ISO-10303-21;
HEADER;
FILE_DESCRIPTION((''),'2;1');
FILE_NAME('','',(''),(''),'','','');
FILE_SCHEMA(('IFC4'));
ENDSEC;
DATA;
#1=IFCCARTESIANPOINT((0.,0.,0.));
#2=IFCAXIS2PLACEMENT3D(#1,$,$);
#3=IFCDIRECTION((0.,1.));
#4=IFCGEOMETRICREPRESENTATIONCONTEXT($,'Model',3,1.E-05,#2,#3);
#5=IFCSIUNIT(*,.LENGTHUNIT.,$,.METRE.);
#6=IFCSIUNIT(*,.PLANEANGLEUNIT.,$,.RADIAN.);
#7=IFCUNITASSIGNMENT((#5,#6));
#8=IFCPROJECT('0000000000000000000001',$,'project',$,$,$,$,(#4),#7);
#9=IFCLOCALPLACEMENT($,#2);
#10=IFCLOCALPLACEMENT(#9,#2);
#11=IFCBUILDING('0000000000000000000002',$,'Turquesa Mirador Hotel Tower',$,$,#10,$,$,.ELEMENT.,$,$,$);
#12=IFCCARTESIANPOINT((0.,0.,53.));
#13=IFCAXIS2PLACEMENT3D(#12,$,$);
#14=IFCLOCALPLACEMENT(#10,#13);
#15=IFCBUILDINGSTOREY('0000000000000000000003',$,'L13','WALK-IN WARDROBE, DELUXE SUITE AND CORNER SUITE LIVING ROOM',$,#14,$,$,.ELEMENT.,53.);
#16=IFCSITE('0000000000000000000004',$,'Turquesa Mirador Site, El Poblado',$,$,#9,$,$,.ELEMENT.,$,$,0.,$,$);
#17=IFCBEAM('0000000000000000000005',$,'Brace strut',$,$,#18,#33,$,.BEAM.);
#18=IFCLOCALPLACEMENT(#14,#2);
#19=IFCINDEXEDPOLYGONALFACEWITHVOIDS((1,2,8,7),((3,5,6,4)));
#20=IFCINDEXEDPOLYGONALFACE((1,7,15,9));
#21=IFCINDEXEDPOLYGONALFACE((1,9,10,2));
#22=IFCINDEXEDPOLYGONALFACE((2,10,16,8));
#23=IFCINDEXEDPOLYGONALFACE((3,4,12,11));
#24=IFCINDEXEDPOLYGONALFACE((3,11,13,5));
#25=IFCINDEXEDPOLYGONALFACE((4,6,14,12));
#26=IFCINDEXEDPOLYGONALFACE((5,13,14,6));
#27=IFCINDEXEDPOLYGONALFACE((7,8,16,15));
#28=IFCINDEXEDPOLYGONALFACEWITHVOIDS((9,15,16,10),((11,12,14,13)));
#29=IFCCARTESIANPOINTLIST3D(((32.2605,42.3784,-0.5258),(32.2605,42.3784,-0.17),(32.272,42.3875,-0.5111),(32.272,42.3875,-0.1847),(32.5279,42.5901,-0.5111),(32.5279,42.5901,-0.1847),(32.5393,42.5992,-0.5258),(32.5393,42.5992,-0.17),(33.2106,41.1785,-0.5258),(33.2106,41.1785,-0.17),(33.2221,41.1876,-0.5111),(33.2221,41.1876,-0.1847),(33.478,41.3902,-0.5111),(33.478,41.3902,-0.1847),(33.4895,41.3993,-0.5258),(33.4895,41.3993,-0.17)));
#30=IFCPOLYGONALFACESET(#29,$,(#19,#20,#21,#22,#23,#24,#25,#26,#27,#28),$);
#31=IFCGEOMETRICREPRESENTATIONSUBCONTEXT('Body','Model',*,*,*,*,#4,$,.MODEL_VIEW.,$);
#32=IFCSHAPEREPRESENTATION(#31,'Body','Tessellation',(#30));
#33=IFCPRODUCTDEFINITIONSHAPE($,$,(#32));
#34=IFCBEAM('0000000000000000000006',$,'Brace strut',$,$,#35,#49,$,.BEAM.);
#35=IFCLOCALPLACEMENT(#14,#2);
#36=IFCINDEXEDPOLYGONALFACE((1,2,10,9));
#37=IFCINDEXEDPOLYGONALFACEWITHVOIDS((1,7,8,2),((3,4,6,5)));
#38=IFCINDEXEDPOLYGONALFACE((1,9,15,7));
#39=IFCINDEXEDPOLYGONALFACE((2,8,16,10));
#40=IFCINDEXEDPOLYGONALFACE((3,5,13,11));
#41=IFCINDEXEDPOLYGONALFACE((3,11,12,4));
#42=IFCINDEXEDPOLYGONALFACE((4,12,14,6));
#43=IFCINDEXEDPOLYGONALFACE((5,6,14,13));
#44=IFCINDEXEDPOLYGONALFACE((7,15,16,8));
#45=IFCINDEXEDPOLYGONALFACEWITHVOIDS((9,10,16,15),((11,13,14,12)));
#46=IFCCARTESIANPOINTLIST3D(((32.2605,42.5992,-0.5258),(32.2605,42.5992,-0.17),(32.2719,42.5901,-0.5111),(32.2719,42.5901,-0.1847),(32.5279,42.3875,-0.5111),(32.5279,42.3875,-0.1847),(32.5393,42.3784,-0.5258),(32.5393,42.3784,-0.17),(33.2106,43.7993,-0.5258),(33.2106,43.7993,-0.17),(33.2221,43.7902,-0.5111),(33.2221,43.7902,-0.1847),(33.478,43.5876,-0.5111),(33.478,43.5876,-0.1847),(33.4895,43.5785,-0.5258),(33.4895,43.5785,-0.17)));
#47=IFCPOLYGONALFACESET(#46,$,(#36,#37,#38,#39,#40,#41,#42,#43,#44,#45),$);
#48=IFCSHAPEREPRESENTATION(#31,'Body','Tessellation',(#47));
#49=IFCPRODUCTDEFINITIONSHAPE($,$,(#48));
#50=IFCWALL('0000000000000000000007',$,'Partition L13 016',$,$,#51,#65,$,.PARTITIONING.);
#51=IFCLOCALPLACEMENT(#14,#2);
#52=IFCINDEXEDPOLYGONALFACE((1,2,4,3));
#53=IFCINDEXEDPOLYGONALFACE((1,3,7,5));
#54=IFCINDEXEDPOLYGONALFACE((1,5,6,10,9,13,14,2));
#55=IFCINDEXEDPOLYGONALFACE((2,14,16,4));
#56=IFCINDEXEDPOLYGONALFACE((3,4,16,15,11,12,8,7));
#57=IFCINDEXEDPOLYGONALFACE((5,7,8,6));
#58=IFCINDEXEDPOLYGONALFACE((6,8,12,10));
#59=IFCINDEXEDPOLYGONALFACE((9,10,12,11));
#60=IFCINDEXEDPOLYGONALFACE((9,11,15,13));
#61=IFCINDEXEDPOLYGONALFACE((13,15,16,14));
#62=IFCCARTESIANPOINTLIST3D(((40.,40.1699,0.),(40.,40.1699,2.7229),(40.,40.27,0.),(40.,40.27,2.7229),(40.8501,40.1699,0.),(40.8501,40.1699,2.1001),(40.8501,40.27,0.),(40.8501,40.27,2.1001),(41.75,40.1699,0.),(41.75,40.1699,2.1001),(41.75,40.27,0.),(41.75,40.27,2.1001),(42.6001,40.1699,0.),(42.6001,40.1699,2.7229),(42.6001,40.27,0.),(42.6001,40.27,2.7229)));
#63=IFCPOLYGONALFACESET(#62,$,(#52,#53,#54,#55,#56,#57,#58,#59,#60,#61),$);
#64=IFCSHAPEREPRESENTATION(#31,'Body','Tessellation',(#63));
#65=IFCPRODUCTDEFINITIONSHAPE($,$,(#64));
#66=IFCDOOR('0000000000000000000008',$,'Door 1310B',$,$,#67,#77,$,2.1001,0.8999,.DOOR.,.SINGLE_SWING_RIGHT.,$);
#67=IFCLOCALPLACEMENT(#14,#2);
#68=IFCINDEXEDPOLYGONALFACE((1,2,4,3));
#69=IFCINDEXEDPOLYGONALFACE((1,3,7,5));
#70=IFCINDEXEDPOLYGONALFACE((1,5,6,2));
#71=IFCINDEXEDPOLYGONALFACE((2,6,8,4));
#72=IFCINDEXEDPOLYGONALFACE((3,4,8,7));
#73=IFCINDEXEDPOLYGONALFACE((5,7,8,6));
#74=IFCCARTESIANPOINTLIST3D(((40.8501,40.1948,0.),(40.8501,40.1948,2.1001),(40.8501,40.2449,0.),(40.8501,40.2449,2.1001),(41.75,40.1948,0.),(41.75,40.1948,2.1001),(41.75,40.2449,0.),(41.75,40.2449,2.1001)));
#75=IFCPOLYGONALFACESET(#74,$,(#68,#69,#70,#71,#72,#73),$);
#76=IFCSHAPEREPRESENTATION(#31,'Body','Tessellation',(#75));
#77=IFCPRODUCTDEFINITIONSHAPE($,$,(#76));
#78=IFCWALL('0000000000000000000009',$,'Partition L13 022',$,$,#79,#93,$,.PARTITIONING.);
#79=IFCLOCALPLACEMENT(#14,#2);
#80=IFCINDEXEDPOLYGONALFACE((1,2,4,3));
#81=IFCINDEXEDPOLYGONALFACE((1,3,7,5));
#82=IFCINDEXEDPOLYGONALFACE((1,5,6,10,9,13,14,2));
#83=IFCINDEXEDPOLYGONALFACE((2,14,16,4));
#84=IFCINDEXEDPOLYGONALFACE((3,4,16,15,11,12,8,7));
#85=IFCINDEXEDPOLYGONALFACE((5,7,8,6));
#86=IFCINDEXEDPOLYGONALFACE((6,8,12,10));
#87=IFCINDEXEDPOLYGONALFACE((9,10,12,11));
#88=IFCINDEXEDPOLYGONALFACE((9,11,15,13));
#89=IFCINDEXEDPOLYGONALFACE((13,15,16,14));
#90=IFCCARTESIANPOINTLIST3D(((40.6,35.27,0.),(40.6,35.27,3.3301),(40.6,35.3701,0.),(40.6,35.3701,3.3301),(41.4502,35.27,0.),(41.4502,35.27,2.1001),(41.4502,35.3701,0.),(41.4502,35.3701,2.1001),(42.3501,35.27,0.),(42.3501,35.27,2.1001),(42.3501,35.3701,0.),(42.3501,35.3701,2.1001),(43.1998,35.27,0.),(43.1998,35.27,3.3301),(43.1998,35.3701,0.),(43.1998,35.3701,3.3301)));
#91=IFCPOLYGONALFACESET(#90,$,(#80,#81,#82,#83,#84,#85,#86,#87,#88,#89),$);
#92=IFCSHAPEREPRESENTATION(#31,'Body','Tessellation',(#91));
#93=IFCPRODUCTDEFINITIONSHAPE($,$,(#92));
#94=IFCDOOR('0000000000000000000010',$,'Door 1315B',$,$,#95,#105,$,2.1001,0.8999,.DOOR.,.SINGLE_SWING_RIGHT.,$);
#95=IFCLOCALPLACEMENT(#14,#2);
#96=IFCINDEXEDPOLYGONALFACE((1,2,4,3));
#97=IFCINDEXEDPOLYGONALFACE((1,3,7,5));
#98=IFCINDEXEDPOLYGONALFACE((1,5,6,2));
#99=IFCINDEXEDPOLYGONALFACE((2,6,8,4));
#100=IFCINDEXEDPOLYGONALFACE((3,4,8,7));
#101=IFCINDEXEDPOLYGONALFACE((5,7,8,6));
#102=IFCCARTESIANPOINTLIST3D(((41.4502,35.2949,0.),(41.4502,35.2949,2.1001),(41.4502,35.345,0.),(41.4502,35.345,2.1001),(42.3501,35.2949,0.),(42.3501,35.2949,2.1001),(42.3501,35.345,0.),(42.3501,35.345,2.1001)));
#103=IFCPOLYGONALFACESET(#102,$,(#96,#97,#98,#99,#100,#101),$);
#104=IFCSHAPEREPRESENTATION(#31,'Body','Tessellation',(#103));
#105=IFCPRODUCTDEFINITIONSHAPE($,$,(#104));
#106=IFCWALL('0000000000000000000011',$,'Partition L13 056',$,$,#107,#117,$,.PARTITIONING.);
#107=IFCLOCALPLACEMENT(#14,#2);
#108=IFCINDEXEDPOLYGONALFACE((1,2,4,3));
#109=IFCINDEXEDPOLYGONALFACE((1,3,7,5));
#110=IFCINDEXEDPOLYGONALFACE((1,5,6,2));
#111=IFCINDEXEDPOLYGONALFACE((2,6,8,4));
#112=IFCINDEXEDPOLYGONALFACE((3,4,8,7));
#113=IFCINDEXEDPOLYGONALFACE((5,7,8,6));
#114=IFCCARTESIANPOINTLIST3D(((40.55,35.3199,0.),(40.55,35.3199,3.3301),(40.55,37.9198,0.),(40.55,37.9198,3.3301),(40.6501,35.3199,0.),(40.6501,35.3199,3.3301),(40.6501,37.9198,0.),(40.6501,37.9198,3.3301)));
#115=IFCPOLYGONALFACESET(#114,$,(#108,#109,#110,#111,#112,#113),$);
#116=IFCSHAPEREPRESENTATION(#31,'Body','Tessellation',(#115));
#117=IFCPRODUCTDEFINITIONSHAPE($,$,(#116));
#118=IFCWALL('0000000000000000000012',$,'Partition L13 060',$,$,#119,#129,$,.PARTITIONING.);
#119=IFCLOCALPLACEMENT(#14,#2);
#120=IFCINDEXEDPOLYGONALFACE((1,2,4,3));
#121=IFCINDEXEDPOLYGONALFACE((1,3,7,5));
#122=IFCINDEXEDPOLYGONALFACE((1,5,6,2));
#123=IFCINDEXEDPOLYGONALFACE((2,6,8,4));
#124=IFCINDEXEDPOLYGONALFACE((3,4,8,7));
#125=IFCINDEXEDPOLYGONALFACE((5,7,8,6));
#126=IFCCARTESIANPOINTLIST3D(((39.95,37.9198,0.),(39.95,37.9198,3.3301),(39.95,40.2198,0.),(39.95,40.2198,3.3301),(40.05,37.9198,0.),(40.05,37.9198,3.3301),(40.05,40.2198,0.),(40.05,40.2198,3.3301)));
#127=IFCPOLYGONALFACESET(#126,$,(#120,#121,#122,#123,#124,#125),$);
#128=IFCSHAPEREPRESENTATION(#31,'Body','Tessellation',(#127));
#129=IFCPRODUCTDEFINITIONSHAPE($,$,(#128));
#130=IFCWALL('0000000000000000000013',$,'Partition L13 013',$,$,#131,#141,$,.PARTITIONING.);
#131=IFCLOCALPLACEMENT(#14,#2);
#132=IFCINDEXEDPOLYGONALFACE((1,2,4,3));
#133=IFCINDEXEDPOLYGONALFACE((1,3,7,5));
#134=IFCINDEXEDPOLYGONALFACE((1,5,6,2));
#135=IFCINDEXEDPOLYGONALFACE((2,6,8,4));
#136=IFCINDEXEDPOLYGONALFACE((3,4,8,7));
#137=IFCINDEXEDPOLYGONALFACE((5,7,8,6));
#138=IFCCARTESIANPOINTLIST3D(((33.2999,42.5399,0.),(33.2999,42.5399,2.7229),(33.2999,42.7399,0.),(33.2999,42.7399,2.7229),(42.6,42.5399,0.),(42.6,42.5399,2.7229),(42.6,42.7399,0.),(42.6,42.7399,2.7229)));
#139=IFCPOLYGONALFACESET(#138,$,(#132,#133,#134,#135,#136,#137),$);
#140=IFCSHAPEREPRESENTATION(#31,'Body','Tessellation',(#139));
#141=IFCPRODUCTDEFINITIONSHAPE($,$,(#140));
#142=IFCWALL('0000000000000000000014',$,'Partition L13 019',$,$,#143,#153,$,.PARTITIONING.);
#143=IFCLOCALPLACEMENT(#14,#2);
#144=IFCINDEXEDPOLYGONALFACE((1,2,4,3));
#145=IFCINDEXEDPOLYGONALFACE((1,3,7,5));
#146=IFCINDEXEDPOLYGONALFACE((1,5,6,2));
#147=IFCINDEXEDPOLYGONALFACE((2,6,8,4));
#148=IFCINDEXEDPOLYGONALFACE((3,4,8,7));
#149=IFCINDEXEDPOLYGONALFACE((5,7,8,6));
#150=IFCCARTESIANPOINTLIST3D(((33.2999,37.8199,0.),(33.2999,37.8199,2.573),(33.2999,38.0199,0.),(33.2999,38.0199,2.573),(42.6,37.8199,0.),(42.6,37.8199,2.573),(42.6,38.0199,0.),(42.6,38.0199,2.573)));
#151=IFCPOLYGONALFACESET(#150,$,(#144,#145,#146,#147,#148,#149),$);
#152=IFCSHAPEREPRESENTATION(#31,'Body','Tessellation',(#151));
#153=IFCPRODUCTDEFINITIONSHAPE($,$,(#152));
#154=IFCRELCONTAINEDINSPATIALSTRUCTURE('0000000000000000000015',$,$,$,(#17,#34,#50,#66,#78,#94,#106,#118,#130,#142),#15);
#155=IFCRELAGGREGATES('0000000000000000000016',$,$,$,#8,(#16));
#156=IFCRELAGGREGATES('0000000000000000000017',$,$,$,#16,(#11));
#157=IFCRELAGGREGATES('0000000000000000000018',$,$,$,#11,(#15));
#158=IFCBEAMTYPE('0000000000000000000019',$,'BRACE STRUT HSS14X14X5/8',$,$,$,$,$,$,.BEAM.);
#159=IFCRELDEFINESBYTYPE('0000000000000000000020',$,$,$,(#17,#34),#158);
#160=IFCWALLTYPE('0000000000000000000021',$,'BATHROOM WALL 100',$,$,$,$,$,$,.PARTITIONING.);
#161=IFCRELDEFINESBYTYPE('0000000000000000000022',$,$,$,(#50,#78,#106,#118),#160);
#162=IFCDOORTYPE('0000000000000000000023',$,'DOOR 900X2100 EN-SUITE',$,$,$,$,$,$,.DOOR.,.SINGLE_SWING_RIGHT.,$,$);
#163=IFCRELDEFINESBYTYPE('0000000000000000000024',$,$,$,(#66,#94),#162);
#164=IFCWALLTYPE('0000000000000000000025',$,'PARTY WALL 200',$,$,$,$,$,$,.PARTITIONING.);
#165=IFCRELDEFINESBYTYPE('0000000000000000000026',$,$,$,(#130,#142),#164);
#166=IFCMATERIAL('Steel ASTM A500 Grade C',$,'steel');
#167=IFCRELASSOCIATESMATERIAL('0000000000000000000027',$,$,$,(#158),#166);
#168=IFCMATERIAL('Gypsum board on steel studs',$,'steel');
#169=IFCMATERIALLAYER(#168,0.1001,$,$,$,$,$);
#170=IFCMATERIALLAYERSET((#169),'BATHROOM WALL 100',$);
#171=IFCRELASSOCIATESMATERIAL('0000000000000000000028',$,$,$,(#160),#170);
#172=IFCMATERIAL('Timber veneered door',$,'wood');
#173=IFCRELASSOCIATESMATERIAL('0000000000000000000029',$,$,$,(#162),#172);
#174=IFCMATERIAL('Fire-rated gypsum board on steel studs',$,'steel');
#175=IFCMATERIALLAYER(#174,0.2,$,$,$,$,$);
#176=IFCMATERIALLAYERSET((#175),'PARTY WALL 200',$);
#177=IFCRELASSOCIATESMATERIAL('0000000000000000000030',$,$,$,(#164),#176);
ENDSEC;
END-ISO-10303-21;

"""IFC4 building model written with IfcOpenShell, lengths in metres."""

from ifc_helpers import new_model, si_unit, direction, frame, frame_2d, origin, origin_2d, place, context, subcontext, project, spatial, rectangle, hollow_rectangle, extrude, material, layer, layer_set, material_profile, profile_set, type_object, element, fill, save


model = new_model("IFC4")

# Units and contexts
model_context = context("Model", 3, precision=1e-05, world=origin(), true_north=direction((0.0, 1.0)))
body_context = subcontext(model_context, "Body", "Model", "MODEL_VIEW")
ifc_project = project(units=[si_unit("LENGTHUNIT", "METRE"), si_unit("PLANEANGLEUNIT", "RADIAN")], contexts=[model_context])

# Site, building, storey
site_placement = place(None, origin())
site = spatial("IfcSite", under=ifc_project, at=site_placement, Name="Turquesa Mirador Site, El Poblado", CompositionType="ELEMENT", RefElevation=0.0)
building_placement = place(site_placement, origin())
building = spatial("IfcBuilding", under=site, at=building_placement, Name="Turquesa Mirador Hotel Tower", CompositionType="ELEMENT")
storey_placement = place(building_placement, frame((0.0, 0.0, 53.0)))
storey = spatial("IfcBuildingStorey", under=building, at=storey_placement, Name="L13", Description="WALK-IN WARDROBE, DELUXE SUITE AND CORNER SUITE LIVING ROOM", CompositionType="ELEMENT", Elevation=53.0)

# Beams
ifc_material_1 = material(Name="Steel ASTM A500 Grade C", Category="steel")
ifc_material_profile_1 = material_profile(ifc_material_1, hollow_rectangle(XDim=0.3557, YDim=0.3557, WallThickness=0.0146, at=origin_2d()), Name="HSS14X14X5/8")
ifc_profile_set_1 = profile_set([ifc_material_profile_1], Name="Steel ASTM A500 Grade C")
beam_type_1 = type_object("IfcBeamType", Name="BRACE STRUT HSS14X14X5/8", PredefinedType="BEAM", material=ifc_profile_set_1)
beam_1_placement = place(storey_placement, frame((32.3999, 42.4888, -0.3479), z_axis=(0.620797, -0.783971, 0.0), x_axis=(0.783971, 0.620797, 0.0)))
element("IfcBeam", 1, at=beam_1_placement, inside=storey, type_object=beam_type_1, Name="Brace strut", PredefinedType="BEAM", context=body_context, shape_type="SweptSolid", body=[
    extrude(hollow_rectangle(XDim=0.3557, YDim=0.3557, WallThickness=0.0146, at=origin_2d()), origin(), (0.0, 0.0, 1.0), 1.5305),
])
beam_2_placement = place(storey_placement, frame((32.3999, 42.4888, -0.3479), z_axis=(0.620719, 0.784033, 0.0), x_axis=(-0.784033, 0.620719, 0.0)))
element("IfcBeam", 2, at=beam_2_placement, inside=storey, type_object=beam_type_1, Name="Brace strut", PredefinedType="BEAM", context=body_context, shape_type="SweptSolid", body=[
    extrude(hollow_rectangle(XDim=0.3557, YDim=0.3557, WallThickness=0.0146, at=origin_2d()), origin(), (0.0, 0.0, 1.0), 1.5308),
])

# Walls, openings, doors
ifc_material_2 = material(Name="Gypsum board on steel studs", Category="steel")
ifc_layer_1 = layer(ifc_material_2, 0.1001)
ifc_layer_set_1 = layer_set([ifc_layer_1], Name="BATHROOM WALL 100")
wall_type_1 = type_object("IfcWallType", Name="BATHROOM WALL 100", PredefinedType="PARTITIONING", material=ifc_layer_set_1)
wall_1_placement = place(storey_placement, frame((40.0, 40.22, 0.0), z_axis=(0.0, 0.0, 1.0), x_axis=(1.0, 0.0, 0.0)))
wall_1 = element("IfcWall", 3, at=wall_1_placement, inside=storey, type_object=wall_type_1, Name="Partition L13 016", PredefinedType="PARTITIONING", context=body_context, shape_type="SweptSolid", body=[
    extrude(rectangle(XDim=2.6001, YDim=0.1001, at=frame_2d((1.3, 0.0))), origin(), (0.0, 0.0, 1.0), 2.7229),
])
opening_1_placement = place(wall_1_placement, frame((0.8501, 0.0, 0.0)))
opening_1 = element("IfcOpeningElement", 4, at=opening_1_placement, cuts=wall_1, PredefinedType="OPENING", context=body_context, shape_type="SweptSolid", body=[
    extrude(rectangle(XDim=0.8999, YDim=2.1001, at=frame_2d((0.45, 1.05))), frame((0.0, 0.0601, 0.0), z_axis=(0.0, -1.0, 0.0), x_axis=(1.0, 0.0, 0.0)), (0.0, 0.0, 1.0), 0.1201),
])
ifc_material_3 = material(Name="Timber veneered door", Category="wood")
door_type_1 = type_object("IfcDoorType", Name="DOOR 900X2100 EN-SUITE", OperationType="SINGLE_SWING_RIGHT", PredefinedType="DOOR", material=ifc_material_3)
door_1_placement = place(opening_1_placement, origin())
door_1 = element("IfcDoor", 5, at=door_1_placement, inside=storey, type_object=door_type_1, Name="Door 1310B", OperationType="SINGLE_SWING_RIGHT", OverallHeight=2.1001, OverallWidth=0.8999, PredefinedType="DOOR", context=body_context, shape_type="SweptSolid", body=[
    extrude(rectangle(XDim=0.8999, YDim=2.1001, at=frame_2d((0.45, 1.05))), frame((0.0, 0.0249, 0.0), z_axis=(0.0, -1.0, 0.0), x_axis=(1.0, 0.0, 0.0)), (0.0, 0.0, 1.0), 0.05),
])
fill(opening_1, door_1)
wall_2_placement = place(storey_placement, frame((40.6001, 35.3201, 0.0), z_axis=(0.0, 0.0, 1.0), x_axis=(1.0, 0.0, 0.0)))
wall_2 = element("IfcWall", 6, at=wall_2_placement, inside=storey, type_object=wall_type_1, Name="Partition L13 022", PredefinedType="PARTITIONING", context=body_context, shape_type="SweptSolid", body=[
    extrude(rectangle(XDim=2.5999, YDim=0.1001, at=frame_2d((1.2998, 0.0))), origin(), (0.0, 0.0, 1.0), 3.3301),
])
opening_2_placement = place(wall_2_placement, frame((0.8501, 0.0, 0.0)))
opening_2 = element("IfcOpeningElement", 7, at=opening_2_placement, cuts=wall_2, PredefinedType="OPENING", context=body_context, shape_type="SweptSolid", body=[
    extrude(rectangle(XDim=0.8999, YDim=2.1001, at=frame_2d((0.45, 1.05))), frame((0.0, 0.0601, 0.0), z_axis=(0.0, -1.0, 0.0), x_axis=(1.0, 0.0, 0.0)), (0.0, 0.0, 1.0), 0.1201),
])
door_2_placement = place(opening_2_placement, origin())
door_2 = element("IfcDoor", 8, at=door_2_placement, inside=storey, type_object=door_type_1, Name="Door 1315B", OperationType="SINGLE_SWING_RIGHT", OverallHeight=2.1001, OverallWidth=0.8999, PredefinedType="DOOR", context=body_context, shape_type="SweptSolid", body=[
    extrude(rectangle(XDim=0.8999, YDim=2.1001, at=frame_2d((0.45, 1.05))), frame((0.0, 0.0249, 0.0), z_axis=(0.0, -1.0, 0.0), x_axis=(1.0, 0.0, 0.0)), (0.0, 0.0, 1.0), 0.05),
])
fill(opening_2, door_2)

# Walls
wall_3_placement = place(storey_placement, frame((40.6001, 35.3201, 0.0), z_axis=(0.0, 0.0, 1.0), x_axis=(0.0, 1.0, 0.0)))
element("IfcWall", 9, at=wall_3_placement, inside=storey, type_object=wall_type_1, Name="Partition L13 056", PredefinedType="PARTITIONING", context=body_context, shape_type="SweptSolid", body=[
    extrude(rectangle(XDim=2.5999, YDim=0.1001, at=frame_2d((1.2998, 0.0))), origin(), (0.0, 0.0, 1.0), 3.3301),
])
wall_4_placement = place(storey_placement, frame((40.0, 37.9199, 0.0), z_axis=(0.0, 0.0, 1.0), x_axis=(0.0, 1.0, 0.0)))
element("IfcWall", 10, at=wall_4_placement, inside=storey, type_object=wall_type_1, Name="Partition L13 060", PredefinedType="PARTITIONING", context=body_context, shape_type="SweptSolid", body=[
    extrude(rectangle(XDim=2.3, YDim=0.1001, at=frame_2d((1.1499, 0.0))), origin(), (0.0, 0.0, 1.0), 3.3301),
])
ifc_material_4 = material(Name="Fire-rated gypsum board on steel studs", Category="steel")
ifc_layer_2 = layer(ifc_material_4, 0.2)
ifc_layer_set_2 = layer_set([ifc_layer_2], Name="PARTY WALL 200")
wall_type_2 = type_object("IfcWallType", Name="PARTY WALL 200", PredefinedType="PARTITIONING", material=ifc_layer_set_2)
wall_5_placement = place(storey_placement, frame((33.3, 42.6399, 0.0), z_axis=(0.0, 0.0, 1.0), x_axis=(1.0, 0.0, 0.0)))
element("IfcWall", 11, at=wall_5_placement, inside=storey, type_object=wall_type_2, Name="Partition L13 013", PredefinedType="PARTITIONING", context=body_context, shape_type="SweptSolid", body=[
    extrude(rectangle(XDim=9.3, YDim=0.2, at=frame_2d((4.6499, 0.0))), origin(), (0.0, 0.0, 1.0), 2.7229),
])
wall_6_placement = place(storey_placement, frame((33.3, 37.9199, 0.0), z_axis=(0.0, 0.0, 1.0), x_axis=(1.0, 0.0, 0.0)))
element("IfcWall", 12, at=wall_6_placement, inside=storey, type_object=wall_type_2, Name="Partition L13 019", PredefinedType="PARTITIONING", context=body_context, shape_type="SweptSolid", body=[
    extrude(rectangle(XDim=9.3, YDim=0.2, at=frame_2d((4.6499, 0.0))), origin(), (0.0, 0.0, 1.0), 2.573),
])

save(model, "model.ifc")
